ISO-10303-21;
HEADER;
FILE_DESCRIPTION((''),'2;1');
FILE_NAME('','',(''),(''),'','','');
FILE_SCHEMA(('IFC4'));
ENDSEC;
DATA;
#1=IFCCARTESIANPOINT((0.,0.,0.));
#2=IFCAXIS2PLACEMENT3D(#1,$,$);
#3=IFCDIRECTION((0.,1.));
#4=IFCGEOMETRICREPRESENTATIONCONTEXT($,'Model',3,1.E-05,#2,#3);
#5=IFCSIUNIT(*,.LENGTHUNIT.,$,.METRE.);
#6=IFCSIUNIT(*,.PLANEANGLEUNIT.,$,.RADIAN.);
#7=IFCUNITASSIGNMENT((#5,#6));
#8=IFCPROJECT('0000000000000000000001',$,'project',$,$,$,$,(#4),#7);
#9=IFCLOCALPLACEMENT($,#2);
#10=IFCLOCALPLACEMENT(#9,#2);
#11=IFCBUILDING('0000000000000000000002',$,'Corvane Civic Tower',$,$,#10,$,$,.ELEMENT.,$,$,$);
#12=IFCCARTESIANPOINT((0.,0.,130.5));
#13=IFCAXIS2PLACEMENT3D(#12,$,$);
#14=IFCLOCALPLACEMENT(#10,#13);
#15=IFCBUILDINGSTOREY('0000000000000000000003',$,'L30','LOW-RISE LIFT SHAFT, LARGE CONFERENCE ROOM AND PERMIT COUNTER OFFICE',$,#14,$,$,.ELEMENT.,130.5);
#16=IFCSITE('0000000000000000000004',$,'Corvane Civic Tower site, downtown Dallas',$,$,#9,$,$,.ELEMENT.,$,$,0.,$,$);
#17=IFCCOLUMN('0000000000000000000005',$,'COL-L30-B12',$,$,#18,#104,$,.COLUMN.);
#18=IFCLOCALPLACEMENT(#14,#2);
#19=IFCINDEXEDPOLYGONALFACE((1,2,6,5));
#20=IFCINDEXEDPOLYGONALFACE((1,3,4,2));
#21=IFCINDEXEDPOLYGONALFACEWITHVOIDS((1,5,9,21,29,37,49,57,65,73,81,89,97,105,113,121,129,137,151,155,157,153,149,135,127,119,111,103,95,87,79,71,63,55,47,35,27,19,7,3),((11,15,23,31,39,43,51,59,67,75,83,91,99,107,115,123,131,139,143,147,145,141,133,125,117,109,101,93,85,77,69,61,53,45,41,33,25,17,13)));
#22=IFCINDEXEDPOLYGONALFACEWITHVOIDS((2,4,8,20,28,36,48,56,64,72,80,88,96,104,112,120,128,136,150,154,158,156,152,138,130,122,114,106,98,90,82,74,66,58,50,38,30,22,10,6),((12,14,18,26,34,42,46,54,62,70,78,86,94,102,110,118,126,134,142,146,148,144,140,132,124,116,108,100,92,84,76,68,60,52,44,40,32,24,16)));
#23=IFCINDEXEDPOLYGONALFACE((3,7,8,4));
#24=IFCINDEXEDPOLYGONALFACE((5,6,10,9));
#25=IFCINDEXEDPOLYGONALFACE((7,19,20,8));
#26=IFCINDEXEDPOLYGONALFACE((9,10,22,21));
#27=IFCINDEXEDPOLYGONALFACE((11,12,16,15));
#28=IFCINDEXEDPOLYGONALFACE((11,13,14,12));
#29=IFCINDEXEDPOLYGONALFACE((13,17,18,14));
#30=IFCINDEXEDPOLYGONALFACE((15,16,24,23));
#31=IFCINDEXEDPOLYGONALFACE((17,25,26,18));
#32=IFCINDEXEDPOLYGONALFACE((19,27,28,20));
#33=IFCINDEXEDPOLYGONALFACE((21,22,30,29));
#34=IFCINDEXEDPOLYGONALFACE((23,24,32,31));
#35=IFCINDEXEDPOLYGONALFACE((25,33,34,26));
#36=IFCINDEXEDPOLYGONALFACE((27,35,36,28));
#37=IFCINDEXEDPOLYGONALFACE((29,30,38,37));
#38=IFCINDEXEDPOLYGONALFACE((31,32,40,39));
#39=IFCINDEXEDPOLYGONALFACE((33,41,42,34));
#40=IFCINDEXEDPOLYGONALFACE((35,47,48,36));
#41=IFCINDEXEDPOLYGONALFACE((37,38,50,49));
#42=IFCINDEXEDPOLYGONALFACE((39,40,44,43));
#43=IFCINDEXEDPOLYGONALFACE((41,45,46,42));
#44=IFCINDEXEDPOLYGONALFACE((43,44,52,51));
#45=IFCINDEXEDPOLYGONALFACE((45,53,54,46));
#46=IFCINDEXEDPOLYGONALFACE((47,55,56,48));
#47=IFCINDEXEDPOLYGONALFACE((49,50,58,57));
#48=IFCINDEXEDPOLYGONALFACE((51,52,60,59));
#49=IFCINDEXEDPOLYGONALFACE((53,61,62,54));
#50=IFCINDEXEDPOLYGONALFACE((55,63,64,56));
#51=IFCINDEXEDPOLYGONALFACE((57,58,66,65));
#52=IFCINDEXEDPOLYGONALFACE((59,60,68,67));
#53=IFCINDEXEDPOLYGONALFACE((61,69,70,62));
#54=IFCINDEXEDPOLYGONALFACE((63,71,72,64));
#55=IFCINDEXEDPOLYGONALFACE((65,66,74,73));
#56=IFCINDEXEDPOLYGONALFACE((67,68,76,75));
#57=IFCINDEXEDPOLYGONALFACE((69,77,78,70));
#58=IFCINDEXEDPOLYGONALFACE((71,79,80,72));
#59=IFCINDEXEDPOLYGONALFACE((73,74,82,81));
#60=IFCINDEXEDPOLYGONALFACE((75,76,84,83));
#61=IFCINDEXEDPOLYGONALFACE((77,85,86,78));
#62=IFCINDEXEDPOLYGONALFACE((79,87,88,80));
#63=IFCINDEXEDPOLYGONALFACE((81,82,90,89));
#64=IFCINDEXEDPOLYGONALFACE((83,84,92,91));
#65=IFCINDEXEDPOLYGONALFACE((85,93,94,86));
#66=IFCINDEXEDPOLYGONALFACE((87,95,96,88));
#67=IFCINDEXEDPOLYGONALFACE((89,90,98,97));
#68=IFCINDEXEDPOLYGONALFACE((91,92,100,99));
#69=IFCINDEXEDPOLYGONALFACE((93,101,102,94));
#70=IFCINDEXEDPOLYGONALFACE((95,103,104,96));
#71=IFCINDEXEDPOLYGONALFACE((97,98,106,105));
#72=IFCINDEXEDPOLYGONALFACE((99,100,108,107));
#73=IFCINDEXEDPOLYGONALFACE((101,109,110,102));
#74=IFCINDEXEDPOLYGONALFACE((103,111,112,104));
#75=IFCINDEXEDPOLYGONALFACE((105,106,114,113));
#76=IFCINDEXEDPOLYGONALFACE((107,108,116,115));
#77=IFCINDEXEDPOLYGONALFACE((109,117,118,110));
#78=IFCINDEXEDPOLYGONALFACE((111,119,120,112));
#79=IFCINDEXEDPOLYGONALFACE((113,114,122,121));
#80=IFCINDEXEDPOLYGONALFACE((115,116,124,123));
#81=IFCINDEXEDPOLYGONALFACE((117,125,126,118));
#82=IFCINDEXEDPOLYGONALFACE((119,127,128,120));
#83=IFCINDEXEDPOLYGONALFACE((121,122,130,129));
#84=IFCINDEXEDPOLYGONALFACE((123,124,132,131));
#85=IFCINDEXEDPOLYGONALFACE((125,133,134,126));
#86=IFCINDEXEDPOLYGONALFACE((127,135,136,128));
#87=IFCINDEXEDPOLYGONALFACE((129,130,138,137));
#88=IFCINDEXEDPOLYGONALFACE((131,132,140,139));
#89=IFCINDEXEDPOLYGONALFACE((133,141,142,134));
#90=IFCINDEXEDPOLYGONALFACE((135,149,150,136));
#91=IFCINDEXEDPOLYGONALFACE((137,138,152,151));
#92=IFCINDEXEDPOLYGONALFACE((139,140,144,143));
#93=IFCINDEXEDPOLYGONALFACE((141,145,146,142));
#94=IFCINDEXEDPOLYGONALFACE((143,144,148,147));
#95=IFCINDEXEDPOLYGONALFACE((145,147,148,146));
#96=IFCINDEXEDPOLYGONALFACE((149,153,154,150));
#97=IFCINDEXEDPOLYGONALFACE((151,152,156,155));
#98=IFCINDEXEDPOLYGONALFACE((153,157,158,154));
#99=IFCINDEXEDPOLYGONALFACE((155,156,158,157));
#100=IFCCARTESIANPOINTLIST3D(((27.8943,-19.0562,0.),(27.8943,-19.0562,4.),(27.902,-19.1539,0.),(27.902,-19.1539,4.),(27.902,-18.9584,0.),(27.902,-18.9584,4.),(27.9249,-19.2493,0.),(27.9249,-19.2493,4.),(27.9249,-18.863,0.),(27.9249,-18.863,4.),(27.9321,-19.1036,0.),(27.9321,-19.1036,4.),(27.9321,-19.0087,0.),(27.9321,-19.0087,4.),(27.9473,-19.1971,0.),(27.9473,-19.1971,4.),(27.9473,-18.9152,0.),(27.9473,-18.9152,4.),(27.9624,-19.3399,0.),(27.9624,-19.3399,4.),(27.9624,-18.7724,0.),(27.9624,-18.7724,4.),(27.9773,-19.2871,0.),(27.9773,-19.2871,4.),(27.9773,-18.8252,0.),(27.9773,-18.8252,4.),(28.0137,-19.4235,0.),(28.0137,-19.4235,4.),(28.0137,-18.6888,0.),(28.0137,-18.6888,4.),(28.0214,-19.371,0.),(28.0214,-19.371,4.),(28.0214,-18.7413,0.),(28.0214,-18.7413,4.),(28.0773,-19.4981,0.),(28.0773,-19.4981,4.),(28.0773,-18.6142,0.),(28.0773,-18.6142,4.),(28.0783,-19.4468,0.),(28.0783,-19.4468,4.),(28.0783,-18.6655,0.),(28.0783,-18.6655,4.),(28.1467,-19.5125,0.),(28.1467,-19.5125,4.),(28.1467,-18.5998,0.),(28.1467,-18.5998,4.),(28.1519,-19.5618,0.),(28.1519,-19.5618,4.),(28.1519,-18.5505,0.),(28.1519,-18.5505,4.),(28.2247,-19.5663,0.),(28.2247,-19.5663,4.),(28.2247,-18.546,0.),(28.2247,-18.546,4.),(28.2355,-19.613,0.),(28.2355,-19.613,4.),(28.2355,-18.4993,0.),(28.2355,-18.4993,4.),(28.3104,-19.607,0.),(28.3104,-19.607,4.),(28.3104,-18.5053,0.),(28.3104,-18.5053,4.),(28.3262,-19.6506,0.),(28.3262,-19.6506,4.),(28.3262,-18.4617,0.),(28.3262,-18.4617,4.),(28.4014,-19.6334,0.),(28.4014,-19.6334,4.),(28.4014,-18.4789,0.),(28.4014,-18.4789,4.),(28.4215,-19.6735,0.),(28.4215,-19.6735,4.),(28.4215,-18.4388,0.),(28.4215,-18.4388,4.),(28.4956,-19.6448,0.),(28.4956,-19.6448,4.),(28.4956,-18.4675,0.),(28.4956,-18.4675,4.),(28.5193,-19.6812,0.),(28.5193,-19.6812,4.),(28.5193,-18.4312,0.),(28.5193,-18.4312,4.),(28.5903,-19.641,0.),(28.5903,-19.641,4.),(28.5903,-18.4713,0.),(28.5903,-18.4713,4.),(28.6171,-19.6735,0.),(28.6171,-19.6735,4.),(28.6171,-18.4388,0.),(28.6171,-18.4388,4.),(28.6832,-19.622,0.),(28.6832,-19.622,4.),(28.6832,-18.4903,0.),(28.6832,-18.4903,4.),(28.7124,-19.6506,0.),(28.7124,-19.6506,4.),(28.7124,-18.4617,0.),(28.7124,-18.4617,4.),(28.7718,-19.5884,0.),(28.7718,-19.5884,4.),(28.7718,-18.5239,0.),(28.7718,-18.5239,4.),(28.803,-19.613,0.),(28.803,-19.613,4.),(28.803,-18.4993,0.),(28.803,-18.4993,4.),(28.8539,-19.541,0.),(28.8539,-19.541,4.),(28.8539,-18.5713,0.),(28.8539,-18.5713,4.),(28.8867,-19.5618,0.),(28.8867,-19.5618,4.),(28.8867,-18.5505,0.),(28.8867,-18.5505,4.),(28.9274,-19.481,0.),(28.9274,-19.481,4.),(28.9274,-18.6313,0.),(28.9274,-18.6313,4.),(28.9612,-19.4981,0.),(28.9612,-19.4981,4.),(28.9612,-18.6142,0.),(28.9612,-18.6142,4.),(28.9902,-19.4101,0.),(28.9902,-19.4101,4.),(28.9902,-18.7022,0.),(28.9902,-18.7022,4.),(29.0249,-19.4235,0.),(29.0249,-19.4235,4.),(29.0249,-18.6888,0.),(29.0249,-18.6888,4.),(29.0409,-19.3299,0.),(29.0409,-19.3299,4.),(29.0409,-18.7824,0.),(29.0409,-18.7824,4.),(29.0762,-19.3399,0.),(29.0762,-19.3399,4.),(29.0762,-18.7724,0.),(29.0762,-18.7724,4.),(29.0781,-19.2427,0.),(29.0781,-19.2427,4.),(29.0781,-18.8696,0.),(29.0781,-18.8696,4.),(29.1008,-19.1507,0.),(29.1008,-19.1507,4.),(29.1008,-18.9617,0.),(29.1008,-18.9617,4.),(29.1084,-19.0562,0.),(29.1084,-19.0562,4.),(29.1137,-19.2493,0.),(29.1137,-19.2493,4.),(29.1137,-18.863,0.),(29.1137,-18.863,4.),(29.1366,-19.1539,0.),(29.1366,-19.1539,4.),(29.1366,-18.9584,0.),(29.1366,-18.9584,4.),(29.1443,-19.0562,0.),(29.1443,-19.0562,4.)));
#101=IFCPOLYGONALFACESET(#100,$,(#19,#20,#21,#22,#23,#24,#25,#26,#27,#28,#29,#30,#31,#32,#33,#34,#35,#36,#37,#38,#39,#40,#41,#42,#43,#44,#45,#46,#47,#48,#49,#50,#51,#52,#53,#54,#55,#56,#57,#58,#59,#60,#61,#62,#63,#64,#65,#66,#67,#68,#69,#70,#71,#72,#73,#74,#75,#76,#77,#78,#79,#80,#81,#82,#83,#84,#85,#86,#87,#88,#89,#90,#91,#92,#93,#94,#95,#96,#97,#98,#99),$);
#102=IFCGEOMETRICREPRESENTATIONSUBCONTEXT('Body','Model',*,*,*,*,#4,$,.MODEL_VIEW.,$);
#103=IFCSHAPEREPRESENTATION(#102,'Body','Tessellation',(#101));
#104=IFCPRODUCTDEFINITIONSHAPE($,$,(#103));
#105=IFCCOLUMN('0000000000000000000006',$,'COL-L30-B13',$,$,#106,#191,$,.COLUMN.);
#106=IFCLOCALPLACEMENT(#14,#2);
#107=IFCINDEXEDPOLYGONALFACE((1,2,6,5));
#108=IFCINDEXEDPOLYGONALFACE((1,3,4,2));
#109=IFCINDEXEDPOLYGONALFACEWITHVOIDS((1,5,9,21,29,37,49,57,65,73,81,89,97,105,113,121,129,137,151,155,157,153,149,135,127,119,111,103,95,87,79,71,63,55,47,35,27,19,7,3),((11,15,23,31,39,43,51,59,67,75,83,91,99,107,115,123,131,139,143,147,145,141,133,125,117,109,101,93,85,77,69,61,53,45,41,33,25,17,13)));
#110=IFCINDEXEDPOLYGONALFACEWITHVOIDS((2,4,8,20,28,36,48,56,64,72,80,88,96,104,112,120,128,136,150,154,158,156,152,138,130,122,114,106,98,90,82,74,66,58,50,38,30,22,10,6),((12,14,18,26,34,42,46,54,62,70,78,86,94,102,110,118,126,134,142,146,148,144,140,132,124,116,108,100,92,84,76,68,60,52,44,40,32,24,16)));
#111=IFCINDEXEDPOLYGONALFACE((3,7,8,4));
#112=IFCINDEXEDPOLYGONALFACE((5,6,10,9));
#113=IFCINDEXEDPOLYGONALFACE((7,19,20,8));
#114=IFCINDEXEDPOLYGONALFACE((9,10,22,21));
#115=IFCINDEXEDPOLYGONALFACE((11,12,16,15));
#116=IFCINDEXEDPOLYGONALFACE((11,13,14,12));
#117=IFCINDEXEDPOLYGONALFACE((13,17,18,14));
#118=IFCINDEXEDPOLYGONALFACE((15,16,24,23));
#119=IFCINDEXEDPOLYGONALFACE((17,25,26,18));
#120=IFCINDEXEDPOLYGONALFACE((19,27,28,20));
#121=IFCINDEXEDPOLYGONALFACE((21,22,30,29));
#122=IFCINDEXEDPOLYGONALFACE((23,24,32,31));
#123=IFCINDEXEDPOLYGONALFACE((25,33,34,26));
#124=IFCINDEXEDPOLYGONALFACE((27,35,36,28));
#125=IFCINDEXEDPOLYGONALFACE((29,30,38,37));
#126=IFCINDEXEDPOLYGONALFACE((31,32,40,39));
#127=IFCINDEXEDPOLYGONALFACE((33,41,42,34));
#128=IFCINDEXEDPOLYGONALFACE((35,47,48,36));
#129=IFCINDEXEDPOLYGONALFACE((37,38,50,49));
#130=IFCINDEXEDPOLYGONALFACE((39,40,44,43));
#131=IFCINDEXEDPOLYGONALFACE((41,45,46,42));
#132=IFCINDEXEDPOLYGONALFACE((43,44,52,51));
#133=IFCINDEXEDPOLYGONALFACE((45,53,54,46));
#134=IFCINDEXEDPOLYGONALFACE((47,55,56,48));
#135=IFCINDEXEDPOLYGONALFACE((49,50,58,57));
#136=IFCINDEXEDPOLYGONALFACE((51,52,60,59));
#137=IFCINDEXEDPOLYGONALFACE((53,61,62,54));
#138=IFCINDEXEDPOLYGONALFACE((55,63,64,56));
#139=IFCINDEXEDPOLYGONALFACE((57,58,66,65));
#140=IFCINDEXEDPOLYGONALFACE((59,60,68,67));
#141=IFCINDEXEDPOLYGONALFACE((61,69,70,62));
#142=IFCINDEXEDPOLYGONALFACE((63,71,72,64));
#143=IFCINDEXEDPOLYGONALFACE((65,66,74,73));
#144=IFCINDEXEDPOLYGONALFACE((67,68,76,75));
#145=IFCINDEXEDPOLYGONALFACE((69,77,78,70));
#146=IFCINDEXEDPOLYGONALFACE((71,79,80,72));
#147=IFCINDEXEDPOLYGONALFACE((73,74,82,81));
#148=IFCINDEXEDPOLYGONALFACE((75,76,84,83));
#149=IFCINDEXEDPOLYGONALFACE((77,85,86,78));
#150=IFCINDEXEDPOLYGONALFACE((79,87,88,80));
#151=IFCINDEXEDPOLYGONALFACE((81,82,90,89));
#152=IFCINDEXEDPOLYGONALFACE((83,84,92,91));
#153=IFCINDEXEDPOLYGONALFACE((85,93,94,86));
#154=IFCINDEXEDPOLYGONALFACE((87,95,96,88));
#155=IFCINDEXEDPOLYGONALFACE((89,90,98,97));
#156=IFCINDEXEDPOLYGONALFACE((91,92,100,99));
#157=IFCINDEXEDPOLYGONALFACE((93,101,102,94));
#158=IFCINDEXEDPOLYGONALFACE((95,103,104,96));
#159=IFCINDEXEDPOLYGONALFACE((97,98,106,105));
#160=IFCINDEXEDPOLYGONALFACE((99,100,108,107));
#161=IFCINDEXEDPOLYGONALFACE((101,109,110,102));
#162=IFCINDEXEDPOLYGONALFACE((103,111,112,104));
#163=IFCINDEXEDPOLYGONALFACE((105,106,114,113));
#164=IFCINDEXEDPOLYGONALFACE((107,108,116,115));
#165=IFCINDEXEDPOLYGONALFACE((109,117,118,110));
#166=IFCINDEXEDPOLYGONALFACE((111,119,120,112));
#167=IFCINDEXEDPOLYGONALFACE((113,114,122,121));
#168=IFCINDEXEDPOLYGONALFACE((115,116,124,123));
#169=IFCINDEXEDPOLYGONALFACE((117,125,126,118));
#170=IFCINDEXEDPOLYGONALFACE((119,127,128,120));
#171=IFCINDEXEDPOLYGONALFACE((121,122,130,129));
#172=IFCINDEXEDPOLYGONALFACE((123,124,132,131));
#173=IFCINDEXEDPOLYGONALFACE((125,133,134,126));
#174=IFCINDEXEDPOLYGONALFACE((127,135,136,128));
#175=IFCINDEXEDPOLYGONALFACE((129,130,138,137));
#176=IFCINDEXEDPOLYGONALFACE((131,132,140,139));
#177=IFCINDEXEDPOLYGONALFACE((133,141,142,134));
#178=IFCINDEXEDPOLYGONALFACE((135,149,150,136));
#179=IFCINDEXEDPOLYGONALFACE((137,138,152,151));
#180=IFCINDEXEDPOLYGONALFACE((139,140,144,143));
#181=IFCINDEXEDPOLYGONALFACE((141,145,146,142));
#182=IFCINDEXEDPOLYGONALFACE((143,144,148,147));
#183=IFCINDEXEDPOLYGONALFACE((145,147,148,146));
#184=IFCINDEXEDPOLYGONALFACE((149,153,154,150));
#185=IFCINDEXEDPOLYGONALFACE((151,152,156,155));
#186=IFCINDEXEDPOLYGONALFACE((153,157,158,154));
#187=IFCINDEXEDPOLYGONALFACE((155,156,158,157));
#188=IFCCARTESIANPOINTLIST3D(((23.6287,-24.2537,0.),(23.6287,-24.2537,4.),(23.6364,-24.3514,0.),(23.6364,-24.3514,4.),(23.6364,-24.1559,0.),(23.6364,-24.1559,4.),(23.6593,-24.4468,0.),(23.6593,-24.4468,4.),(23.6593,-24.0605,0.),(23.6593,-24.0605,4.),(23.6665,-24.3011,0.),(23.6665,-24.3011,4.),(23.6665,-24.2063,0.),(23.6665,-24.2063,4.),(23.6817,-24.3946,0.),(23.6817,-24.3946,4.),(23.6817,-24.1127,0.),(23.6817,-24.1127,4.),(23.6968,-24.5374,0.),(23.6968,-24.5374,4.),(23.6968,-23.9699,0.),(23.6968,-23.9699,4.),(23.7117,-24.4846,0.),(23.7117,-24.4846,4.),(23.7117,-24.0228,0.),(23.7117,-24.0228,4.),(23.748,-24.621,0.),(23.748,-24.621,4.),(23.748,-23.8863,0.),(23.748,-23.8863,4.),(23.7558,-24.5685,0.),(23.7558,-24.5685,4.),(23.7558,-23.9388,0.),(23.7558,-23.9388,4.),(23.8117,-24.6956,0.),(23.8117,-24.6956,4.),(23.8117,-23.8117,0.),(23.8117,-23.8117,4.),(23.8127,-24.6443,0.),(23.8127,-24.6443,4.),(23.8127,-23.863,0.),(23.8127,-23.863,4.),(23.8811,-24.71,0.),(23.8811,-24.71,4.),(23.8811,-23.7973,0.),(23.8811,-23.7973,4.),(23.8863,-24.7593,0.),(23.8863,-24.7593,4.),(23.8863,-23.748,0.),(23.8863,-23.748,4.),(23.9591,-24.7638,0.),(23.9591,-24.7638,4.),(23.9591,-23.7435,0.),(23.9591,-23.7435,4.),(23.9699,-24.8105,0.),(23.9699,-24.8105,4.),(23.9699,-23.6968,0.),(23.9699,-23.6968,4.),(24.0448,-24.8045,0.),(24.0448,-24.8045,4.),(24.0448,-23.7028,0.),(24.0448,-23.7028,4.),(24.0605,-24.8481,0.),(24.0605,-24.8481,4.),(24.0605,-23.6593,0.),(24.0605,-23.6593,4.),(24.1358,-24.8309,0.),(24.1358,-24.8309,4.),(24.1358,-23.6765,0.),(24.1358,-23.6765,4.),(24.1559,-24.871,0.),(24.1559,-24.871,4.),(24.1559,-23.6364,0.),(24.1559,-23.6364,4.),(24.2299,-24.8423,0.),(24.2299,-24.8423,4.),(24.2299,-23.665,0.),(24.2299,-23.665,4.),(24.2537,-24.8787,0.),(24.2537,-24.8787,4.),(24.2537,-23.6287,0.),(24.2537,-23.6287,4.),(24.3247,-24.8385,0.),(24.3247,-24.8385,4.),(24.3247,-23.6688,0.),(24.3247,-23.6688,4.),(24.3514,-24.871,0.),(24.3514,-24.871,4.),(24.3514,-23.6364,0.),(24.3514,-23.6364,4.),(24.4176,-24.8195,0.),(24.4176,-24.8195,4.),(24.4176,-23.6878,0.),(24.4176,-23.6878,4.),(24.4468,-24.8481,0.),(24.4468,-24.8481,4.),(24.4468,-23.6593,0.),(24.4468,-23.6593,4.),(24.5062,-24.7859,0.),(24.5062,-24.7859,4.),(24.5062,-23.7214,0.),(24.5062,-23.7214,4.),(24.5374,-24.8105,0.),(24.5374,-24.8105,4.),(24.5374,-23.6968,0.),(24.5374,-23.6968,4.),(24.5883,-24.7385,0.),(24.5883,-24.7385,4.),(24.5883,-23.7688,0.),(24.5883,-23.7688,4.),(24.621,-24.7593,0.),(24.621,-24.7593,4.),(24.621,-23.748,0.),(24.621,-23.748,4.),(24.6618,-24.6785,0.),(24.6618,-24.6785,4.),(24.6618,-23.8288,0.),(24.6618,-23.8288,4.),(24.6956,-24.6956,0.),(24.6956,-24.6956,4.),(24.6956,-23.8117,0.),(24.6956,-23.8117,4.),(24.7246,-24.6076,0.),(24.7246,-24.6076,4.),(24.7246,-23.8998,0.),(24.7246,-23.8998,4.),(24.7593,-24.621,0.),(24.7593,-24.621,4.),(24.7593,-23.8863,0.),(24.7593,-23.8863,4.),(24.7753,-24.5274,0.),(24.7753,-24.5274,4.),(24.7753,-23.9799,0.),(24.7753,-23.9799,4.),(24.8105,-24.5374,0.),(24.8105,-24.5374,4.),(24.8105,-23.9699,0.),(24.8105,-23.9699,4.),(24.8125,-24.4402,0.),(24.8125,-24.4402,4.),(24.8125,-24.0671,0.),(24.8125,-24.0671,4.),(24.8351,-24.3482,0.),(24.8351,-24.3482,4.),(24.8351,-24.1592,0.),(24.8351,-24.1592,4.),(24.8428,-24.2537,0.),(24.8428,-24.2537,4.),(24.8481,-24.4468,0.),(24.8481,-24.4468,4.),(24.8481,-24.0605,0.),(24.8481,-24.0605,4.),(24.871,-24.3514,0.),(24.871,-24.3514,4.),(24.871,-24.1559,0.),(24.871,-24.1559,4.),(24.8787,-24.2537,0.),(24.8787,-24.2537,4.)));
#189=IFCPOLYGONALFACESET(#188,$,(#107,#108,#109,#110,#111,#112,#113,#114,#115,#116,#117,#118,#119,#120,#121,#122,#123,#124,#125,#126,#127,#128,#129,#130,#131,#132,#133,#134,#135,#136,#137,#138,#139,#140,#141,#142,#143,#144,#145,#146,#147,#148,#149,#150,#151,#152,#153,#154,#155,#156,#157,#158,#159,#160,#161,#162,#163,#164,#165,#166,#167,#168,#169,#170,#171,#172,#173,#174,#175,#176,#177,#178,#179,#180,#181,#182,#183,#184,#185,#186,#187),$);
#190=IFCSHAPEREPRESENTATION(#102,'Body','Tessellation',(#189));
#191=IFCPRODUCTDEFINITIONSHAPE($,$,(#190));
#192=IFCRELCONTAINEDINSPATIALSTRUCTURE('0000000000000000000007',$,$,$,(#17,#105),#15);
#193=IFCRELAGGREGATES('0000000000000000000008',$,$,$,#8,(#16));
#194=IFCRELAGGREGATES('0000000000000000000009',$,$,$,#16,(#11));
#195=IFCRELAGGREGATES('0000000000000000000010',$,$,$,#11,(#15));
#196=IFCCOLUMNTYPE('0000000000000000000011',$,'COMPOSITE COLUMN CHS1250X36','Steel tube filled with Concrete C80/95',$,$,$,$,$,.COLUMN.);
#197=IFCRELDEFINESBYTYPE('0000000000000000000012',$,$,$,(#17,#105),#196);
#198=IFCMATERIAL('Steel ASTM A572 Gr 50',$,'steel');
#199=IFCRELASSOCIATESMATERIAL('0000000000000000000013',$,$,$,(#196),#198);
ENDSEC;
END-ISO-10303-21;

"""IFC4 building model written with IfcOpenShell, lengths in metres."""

from ifc_helpers import new_model, si_unit, direction, frame, origin, origin_2d, place, context, subcontext, project, spatial, hollow_circle, extrude, material, material_profile, profile_set, type_object, element, save


model = new_model("IFC4")

# Units and contexts
model_context = context("Model", 3, precision=1e-05, world=origin(), true_north=direction((0.0, 1.0)))
body_context = subcontext(model_context, "Body", "Model", "MODEL_VIEW")
ifc_project = project(units=[si_unit("LENGTHUNIT", "METRE"), si_unit("PLANEANGLEUNIT", "RADIAN")], contexts=[model_context])

# Site, building, storey
site_placement = place(None, origin())
site = spatial("IfcSite", under=ifc_project, at=site_placement, Name="Corvane Civic Tower site, downtown Dallas", CompositionType="ELEMENT", RefElevation=0.0)
building_placement = place(site_placement, origin())
building = spatial("IfcBuilding", under=site, at=building_placement, Name="Corvane Civic Tower", CompositionType="ELEMENT")
storey_placement = place(building_placement, frame((0.0, 0.0, 130.5)))
storey = spatial("IfcBuildingStorey", under=building, at=storey_placement, Name="L30", Description="LOW-RISE LIFT SHAFT, LARGE CONFERENCE ROOM AND PERMIT COUNTER OFFICE", CompositionType="ELEMENT", Elevation=130.5)

# Columns
ifc_material_1 = material(Name="Steel ASTM A572 Gr 50", Category="steel")
ifc_material_profile_1 = material_profile(ifc_material_1, hollow_circle(Radius=0.625, WallThickness=0.0359, at=origin_2d()), Name="CHS1250X36")
ifc_profile_set_1 = profile_set([ifc_material_profile_1], Name="Steel ASTM A572 Gr 50")
column_type = type_object("IfcColumnType", Name="COMPOSITE COLUMN CHS1250X36", Description="Steel tube filled with Concrete C80/95", PredefinedType="COLUMN", material=ifc_profile_set_1)
for number, where, z_axis, x_axis, name in (
    (1, (28.5193, -19.0562, 0.0), (0.0, 0.0, 1.0), (1.0, 0.0, 0.0), "COL-L30-B12"),
    (2, (24.2537, -24.2537, 0.0), (0.0, 0.0, 1.0), (1.0, 0.0, 0.0), "COL-L30-B13"),
):
    element("IfcColumn", number, at=place(storey_placement, frame(where, z_axis=z_axis, x_axis=x_axis)), inside=storey, type_object=column_type, Name=name, PredefinedType="COLUMN", context=body_context, shape_type="SweptSolid", body=[
        extrude(hollow_circle(Radius=0.625, WallThickness=0.0359, at=origin_2d()), origin(), (0.0, 0.0, 1.0), 4.0),
    ])

save(model, "model.ifc")
